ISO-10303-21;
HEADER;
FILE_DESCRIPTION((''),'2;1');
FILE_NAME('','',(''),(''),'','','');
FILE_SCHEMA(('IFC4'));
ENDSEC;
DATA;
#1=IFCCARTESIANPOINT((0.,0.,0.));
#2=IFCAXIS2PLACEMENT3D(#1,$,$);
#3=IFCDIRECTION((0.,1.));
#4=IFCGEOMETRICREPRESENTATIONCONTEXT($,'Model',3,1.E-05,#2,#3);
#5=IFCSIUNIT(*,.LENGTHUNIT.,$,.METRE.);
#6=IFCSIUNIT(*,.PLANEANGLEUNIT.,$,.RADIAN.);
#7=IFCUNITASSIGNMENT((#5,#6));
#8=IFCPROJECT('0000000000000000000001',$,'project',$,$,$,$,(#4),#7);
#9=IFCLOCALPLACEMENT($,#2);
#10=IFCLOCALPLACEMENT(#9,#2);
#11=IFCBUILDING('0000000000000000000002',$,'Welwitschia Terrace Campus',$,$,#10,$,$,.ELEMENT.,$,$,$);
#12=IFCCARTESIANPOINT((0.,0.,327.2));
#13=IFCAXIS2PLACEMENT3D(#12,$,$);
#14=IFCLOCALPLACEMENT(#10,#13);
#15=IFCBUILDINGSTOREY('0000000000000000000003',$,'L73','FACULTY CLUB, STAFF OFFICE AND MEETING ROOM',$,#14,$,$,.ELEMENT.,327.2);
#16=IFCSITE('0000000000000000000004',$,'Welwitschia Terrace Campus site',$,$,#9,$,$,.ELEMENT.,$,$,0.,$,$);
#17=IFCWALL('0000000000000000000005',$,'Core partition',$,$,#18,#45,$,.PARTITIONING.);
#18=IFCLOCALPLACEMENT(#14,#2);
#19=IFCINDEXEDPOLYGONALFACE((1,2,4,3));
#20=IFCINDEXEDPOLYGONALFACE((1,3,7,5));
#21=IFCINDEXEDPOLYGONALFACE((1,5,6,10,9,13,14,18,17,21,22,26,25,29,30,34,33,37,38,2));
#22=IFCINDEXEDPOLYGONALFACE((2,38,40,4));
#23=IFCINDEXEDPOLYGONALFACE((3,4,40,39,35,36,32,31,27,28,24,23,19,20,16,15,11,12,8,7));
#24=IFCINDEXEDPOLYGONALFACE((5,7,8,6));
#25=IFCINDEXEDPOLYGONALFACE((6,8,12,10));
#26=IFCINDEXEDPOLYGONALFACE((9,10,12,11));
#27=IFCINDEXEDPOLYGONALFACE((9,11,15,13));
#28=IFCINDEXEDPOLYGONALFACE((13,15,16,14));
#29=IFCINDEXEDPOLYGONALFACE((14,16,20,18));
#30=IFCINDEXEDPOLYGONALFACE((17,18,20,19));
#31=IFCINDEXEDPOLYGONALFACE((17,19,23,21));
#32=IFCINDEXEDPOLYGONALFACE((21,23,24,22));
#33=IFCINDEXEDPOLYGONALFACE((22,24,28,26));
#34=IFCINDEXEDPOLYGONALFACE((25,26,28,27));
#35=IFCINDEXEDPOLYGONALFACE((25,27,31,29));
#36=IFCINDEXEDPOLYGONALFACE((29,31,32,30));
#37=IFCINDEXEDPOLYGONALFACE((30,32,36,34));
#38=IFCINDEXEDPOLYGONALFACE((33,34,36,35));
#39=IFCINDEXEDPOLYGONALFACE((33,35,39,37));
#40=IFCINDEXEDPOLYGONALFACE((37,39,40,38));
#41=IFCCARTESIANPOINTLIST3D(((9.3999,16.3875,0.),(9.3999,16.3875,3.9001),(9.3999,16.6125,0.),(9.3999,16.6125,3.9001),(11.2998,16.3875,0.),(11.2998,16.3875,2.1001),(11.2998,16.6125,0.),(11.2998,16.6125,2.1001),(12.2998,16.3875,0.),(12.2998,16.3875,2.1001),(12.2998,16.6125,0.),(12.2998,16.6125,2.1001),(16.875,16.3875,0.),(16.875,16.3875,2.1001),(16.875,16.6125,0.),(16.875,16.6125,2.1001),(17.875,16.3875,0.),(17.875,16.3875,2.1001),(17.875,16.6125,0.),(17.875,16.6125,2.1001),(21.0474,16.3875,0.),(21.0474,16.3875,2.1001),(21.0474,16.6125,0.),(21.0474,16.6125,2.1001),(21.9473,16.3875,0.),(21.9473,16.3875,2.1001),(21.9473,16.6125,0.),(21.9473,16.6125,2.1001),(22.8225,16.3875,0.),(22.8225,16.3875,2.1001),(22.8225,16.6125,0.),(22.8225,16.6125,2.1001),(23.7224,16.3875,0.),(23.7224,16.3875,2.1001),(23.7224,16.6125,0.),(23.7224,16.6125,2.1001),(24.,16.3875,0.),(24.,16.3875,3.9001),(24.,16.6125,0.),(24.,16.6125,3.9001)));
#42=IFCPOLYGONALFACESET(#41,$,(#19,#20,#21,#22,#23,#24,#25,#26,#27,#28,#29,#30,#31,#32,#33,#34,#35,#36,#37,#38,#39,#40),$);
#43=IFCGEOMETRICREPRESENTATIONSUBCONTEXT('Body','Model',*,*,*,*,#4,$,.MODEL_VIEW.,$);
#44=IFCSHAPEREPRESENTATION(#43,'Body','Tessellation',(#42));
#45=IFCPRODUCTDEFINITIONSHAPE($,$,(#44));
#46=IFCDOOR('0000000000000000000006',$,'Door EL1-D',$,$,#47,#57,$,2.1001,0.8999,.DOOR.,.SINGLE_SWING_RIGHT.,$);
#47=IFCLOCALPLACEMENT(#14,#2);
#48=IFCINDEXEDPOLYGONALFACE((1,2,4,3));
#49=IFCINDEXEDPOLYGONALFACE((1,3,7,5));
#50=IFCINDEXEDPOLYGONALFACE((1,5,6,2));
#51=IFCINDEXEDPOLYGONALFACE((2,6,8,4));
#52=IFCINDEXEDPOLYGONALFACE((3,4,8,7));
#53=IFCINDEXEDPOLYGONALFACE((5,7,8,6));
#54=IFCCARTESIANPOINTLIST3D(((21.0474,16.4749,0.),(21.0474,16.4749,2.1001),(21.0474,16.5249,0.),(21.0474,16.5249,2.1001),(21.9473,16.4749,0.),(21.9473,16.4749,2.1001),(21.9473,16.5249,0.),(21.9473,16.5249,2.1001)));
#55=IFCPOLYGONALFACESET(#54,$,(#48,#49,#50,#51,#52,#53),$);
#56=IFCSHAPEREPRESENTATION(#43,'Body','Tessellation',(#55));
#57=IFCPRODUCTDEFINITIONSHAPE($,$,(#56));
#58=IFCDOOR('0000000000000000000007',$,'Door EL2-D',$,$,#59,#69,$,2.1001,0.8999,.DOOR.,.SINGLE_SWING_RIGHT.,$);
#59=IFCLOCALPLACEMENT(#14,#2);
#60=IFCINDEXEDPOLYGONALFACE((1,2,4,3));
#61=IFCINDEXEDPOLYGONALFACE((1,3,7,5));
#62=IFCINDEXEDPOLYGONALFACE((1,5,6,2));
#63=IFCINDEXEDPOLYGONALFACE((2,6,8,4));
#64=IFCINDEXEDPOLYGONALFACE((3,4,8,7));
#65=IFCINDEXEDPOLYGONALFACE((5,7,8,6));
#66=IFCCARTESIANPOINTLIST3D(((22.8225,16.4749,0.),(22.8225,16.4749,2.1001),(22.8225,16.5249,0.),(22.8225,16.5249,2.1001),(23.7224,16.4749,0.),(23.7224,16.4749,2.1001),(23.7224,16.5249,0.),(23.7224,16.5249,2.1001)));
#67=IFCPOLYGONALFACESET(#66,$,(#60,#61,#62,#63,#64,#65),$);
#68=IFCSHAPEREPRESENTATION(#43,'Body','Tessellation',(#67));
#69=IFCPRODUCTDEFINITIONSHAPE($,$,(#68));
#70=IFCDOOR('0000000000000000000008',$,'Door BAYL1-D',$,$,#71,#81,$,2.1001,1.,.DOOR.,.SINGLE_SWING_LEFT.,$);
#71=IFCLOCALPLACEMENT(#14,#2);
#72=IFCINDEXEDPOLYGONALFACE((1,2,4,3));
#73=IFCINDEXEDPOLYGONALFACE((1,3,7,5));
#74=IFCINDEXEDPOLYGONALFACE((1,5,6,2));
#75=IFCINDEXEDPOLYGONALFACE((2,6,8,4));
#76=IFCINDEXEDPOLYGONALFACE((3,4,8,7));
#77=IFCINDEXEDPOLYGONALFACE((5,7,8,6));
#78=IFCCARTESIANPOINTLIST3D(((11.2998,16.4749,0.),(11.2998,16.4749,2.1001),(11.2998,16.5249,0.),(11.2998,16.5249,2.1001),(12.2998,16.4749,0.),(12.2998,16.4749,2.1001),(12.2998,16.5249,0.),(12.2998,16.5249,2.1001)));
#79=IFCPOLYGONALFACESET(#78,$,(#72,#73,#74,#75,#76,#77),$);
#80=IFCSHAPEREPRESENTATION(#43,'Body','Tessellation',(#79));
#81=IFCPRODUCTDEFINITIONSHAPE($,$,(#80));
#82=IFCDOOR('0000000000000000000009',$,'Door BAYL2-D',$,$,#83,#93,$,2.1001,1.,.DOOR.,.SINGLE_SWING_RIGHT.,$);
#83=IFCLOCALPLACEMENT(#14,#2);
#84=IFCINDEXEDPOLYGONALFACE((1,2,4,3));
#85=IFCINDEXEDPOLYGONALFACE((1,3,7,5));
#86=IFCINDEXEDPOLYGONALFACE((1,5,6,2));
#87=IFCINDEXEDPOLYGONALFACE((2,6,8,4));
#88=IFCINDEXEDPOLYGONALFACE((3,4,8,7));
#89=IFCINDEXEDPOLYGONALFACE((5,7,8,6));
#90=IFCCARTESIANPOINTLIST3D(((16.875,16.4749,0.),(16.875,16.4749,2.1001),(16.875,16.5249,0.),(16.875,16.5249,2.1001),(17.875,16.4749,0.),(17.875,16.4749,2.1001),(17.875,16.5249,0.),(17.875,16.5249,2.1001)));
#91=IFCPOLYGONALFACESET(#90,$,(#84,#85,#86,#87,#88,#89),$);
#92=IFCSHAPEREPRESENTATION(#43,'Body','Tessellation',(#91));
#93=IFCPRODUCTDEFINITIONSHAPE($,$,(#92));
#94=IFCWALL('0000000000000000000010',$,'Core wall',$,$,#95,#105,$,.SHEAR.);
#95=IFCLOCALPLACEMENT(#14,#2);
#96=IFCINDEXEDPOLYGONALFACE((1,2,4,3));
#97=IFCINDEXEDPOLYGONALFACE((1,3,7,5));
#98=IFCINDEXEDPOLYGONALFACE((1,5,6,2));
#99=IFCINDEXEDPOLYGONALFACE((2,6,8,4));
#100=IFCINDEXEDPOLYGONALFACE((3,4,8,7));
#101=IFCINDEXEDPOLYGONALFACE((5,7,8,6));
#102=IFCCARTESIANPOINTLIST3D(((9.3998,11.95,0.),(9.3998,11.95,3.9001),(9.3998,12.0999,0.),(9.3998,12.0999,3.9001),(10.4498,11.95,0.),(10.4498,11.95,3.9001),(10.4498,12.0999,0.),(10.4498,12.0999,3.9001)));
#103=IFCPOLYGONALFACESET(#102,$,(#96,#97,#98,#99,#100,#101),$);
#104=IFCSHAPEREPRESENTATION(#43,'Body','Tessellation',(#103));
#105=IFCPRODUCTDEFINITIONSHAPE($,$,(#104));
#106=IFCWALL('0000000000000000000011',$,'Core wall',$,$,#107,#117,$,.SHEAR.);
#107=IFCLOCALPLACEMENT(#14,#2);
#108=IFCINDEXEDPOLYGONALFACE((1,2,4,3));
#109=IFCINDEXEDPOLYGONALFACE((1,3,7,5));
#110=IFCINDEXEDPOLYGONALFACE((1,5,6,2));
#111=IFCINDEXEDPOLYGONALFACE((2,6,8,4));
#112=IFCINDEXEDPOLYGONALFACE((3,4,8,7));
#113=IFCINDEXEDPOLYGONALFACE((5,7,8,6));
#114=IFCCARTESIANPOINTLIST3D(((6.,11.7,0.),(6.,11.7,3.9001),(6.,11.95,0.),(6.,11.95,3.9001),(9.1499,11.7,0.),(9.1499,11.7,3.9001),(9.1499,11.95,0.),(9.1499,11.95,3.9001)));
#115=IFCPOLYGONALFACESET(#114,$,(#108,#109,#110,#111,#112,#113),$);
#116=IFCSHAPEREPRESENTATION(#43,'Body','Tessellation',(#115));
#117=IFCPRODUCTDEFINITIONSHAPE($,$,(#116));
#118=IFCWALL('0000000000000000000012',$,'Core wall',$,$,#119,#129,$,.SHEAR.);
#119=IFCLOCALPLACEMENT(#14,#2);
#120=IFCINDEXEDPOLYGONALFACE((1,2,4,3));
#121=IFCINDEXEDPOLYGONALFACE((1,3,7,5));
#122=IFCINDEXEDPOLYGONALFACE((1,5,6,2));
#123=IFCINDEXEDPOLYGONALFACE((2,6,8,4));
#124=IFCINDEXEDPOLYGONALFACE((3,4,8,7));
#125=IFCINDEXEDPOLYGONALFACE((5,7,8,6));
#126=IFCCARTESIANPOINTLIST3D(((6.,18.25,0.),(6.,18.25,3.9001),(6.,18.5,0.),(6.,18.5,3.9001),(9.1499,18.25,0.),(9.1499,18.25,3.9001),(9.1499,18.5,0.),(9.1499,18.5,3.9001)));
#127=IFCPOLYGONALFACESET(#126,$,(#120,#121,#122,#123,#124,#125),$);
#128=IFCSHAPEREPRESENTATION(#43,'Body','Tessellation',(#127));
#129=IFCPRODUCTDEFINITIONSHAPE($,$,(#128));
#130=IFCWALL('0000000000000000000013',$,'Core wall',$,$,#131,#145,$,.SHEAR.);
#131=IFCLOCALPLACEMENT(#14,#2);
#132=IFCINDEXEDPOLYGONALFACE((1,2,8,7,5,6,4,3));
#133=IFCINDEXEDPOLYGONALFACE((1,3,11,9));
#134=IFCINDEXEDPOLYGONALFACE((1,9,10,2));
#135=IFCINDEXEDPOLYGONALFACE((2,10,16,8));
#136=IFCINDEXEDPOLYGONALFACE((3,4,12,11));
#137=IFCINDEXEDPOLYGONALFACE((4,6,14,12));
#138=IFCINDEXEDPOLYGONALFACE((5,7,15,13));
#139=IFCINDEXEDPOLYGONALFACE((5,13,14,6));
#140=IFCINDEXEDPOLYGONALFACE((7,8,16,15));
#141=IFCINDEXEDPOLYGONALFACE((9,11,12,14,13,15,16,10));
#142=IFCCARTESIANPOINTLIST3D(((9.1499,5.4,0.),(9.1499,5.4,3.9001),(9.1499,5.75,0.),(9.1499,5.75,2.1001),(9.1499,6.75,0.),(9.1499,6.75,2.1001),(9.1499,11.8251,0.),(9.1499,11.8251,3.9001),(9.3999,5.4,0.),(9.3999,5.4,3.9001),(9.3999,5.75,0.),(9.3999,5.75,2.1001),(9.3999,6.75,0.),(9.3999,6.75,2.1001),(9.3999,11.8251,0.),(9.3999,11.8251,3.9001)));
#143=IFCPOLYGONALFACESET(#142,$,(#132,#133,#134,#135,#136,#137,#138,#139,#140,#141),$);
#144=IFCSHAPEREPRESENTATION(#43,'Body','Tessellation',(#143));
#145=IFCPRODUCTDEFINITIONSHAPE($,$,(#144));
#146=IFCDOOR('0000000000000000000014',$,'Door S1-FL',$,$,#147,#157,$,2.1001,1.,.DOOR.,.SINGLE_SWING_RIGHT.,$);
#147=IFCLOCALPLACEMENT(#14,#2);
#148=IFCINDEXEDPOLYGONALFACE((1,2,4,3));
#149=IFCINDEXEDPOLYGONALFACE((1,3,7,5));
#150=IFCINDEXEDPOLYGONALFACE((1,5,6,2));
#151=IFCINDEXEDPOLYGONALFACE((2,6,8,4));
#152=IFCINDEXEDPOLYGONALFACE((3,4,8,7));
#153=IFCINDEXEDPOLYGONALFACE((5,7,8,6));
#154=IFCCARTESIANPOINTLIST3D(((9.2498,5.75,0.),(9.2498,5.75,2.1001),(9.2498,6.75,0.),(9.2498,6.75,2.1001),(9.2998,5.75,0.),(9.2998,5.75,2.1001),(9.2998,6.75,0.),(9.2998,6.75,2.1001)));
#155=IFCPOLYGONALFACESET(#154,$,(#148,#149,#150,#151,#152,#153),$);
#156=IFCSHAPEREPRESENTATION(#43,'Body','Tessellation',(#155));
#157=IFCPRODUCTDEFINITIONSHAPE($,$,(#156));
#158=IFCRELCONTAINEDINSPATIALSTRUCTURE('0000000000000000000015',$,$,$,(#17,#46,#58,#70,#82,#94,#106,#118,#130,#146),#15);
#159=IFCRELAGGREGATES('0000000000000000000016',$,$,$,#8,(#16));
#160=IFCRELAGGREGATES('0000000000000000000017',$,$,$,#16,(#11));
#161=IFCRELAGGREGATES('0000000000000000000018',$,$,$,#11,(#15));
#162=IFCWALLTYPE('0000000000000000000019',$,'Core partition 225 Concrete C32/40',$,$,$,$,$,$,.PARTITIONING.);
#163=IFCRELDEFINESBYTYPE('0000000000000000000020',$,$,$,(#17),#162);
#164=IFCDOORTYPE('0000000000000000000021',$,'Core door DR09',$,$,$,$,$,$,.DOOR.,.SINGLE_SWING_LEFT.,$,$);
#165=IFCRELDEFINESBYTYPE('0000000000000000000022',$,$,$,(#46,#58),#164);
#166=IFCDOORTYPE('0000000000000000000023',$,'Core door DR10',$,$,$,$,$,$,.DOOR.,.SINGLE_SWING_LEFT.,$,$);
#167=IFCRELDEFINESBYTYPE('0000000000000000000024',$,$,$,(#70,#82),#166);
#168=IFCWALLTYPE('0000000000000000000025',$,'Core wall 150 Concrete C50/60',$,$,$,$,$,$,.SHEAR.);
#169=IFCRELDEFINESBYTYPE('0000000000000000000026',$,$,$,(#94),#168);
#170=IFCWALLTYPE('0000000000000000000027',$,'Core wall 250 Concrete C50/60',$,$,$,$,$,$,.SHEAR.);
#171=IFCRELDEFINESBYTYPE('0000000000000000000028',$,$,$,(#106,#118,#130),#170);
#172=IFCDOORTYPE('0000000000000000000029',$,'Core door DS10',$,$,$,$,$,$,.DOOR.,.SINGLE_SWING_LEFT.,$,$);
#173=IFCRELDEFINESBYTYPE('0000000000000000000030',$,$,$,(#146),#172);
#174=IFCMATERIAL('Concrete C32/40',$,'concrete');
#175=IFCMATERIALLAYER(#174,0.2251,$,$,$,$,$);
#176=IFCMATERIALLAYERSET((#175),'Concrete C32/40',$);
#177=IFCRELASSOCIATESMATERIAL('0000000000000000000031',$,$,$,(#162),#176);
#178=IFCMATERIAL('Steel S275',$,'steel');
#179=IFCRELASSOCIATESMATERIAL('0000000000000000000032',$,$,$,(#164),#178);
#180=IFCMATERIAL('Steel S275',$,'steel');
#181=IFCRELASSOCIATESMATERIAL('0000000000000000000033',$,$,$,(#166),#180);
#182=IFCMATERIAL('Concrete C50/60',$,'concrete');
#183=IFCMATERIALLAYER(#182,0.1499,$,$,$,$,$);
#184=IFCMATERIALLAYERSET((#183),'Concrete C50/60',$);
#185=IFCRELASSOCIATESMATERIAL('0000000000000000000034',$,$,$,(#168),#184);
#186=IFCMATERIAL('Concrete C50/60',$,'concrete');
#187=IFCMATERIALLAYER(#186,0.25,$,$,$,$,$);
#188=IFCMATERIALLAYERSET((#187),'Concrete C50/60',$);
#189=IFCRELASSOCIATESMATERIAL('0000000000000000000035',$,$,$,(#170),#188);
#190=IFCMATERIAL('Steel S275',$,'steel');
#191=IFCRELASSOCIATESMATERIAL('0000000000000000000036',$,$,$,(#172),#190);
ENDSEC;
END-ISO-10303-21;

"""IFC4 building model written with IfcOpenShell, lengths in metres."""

from ifc_helpers import new_model, si_unit, direction, frame, frame_2d, origin, place, context, subcontext, project, spatial, rectangle, extrude, material, layer, layer_set, type_object, element, fill, save


model = new_model("IFC4")

# Units and contexts
model_context = context("Model", 3, precision=1e-05, world=origin(), true_north=direction((0.0, 1.0)))
body_context = subcontext(model_context, "Body", "Model", "MODEL_VIEW")
ifc_project = project(units=[si_unit("LENGTHUNIT", "METRE"), si_unit("PLANEANGLEUNIT", "RADIAN")], contexts=[model_context])

# Site, building, storey
site_placement = place(None, origin())
site = spatial("IfcSite", under=ifc_project, at=site_placement, Name="Welwitschia Terrace Campus site", CompositionType="ELEMENT", RefElevation=0.0)
building_placement = place(site_placement, origin())
building = spatial("IfcBuilding", under=site, at=building_placement, Name="Welwitschia Terrace Campus", CompositionType="ELEMENT")
storey_placement = place(building_placement, frame((0.0, 0.0, 327.2)))
storey = spatial("IfcBuildingStorey", under=building, at=storey_placement, Name="L73", Description="FACULTY CLUB, STAFF OFFICE AND MEETING ROOM", CompositionType="ELEMENT", Elevation=327.2)

# Shared definitions
ifc_material_1 = material(Name="Concrete C32/40", Category="concrete")
ifc_layer_1 = layer(ifc_material_1, 0.2251)
ifc_layer_set_1 = layer_set([ifc_layer_1], Name="Concrete C32/40")
wall_type_1 = type_object("IfcWallType", Name="Core partition 225 Concrete C32/40", PredefinedType="PARTITIONING", material=ifc_layer_set_1)

# Wall, openings, doors
wall_1_placement = place(storey_placement, frame((9.3999, 16.5, 0.0), z_axis=(0.0, 0.0, 1.0), x_axis=(1.0, 0.0, 0.0)))
wall_1 = element("IfcWall", 1, at=wall_1_placement, inside=storey, type_object=wall_type_1, Name="Core partition", PredefinedType="PARTITIONING", context=body_context, shape_type="SweptSolid", body=[
    extrude(rectangle(XDim=14.6001, YDim=0.2251, at=frame_2d((7.3, 0.0))), origin(), (0.0, 0.0, 1.0), 3.9001),
])
opening_1_placement = place(wall_1_placement, frame((1.8999, 0.0, 0.0)))
opening_1 = element("IfcOpeningElement", 2, at=opening_1_placement, cuts=wall_1, PredefinedType="OPENING", context=body_context, shape_type="SweptSolid", body=[
    extrude(rectangle(XDim=1.0, YDim=2.1001, at=frame_2d((0.5, 1.05))), frame((0.0, 0.1226, 0.0), z_axis=(0.0, -1.0, 0.0), x_axis=(1.0, 0.0, 0.0)), (0.0, 0.0, 1.0), 0.2451),
])
opening_2_placement = place(wall_1_placement, frame((7.4751, 0.0, 0.0)))
opening_2 = element("IfcOpeningElement", 3, at=opening_2_placement, cuts=wall_1, PredefinedType="OPENING", context=body_context, shape_type="SweptSolid", body=[
    extrude(rectangle(XDim=1.0, YDim=2.1001, at=frame_2d((0.5, 1.05))), frame((0.0, 0.1226, 0.0), z_axis=(0.0, -1.0, 0.0), x_axis=(1.0, 0.0, 0.0)), (0.0, 0.0, 1.0), 0.2451),
])
opening_3_placement = place(wall_1_placement, frame((11.6475, 0.0, 0.0)))
opening_3 = element("IfcOpeningElement", 4, at=opening_3_placement, cuts=wall_1, PredefinedType="OPENING", context=body_context, shape_type="SweptSolid", body=[
    extrude(rectangle(XDim=0.8999, YDim=2.1001, at=frame_2d((0.45, 1.05))), frame((0.0, 0.1226, 0.0), z_axis=(0.0, -1.0, 0.0), x_axis=(1.0, 0.0, 0.0)), (0.0, 0.0, 1.0), 0.2451),
])
opening_4_placement = place(wall_1_placement, frame((13.4226, 0.0, 0.0)))
opening_4 = element("IfcOpeningElement", 5, at=opening_4_placement, cuts=wall_1, PredefinedType="OPENING", context=body_context, shape_type="SweptSolid", body=[
    extrude(rectangle(XDim=0.8999, YDim=2.1001, at=frame_2d((0.45, 1.05))), frame((0.0, 0.1226, 0.0), z_axis=(0.0, -1.0, 0.0), x_axis=(1.0, 0.0, 0.0)), (0.0, 0.0, 1.0), 0.2451),
])
ifc_material_2 = material(Name="Steel S275", Category="steel")
door_type_1 = type_object("IfcDoorType", Name="Core door DR09", OperationType="SINGLE_SWING_LEFT", PredefinedType="DOOR", material=ifc_material_2)
door_1_placement = place(opening_3_placement, origin())
door_1 = element("IfcDoor", 6, at=door_1_placement, inside=storey, type_object=door_type_1, Name="Door EL1-D", OperationType="SINGLE_SWING_RIGHT", OverallHeight=2.1001, OverallWidth=0.8999, PredefinedType="DOOR", context=body_context, shape_type="SweptSolid", body=[
    extrude(rectangle(XDim=0.8999, YDim=2.1001, at=frame_2d((0.45, 1.05))), frame((0.0, 0.0249, 0.0), z_axis=(0.0, -1.0, 0.0), x_axis=(1.0, 0.0, 0.0)), (0.0, 0.0, 1.0), 0.05),
])
fill(opening_3, door_1)
door_2_placement = place(opening_4_placement, origin())
door_2 = element("IfcDoor", 7, at=door_2_placement, inside=storey, type_object=door_type_1, Name="Door EL2-D", OperationType="SINGLE_SWING_RIGHT", OverallHeight=2.1001, OverallWidth=0.8999, PredefinedType="DOOR", context=body_context, shape_type="SweptSolid", body=[
    extrude(rectangle(XDim=0.8999, YDim=2.1001, at=frame_2d((0.45, 1.05))), frame((0.0, 0.0249, 0.0), z_axis=(0.0, -1.0, 0.0), x_axis=(1.0, 0.0, 0.0)), (0.0, 0.0, 1.0), 0.05),
])
fill(opening_4, door_2)
ifc_material_3 = material(Name="Steel S275", Category="steel")
door_type_2 = type_object("IfcDoorType", Name="Core door DR10", OperationType="SINGLE_SWING_LEFT", PredefinedType="DOOR", material=ifc_material_3)
door_3_placement = place(opening_1_placement, origin())
door_3 = element("IfcDoor", 8, at=door_3_placement, inside=storey, type_object=door_type_2, Name="Door BAYL1-D", OperationType="SINGLE_SWING_LEFT", OverallHeight=2.1001, OverallWidth=1.0, PredefinedType="DOOR", context=body_context, shape_type="SweptSolid", body=[
    extrude(rectangle(XDim=1.0, YDim=2.1001, at=frame_2d((0.5, 1.05))), frame((0.0, 0.0249, 0.0), z_axis=(0.0, -1.0, 0.0), x_axis=(1.0, 0.0, 0.0)), (0.0, 0.0, 1.0), 0.05),
])
fill(opening_1, door_3)
door_4_placement = place(opening_2_placement, origin())
door_4 = element("IfcDoor", 9, at=door_4_placement, inside=storey, type_object=door_type_2, Name="Door BAYL2-D", OperationType="SINGLE_SWING_RIGHT", OverallHeight=2.1001, OverallWidth=1.0, PredefinedType="DOOR", context=body_context, shape_type="SweptSolid", body=[
    extrude(rectangle(XDim=1.0, YDim=2.1001, at=frame_2d((0.5, 1.05))), frame((0.0, 0.0249, 0.0), z_axis=(0.0, -1.0, 0.0), x_axis=(1.0, 0.0, 0.0)), (0.0, 0.0, 1.0), 0.05),
])
fill(opening_2, door_4)

# Walls
ifc_material_4 = material(Name="Concrete C50/60", Category="concrete")
ifc_layer_2 = layer(ifc_material_4, 0.1499)
ifc_layer_set_2 = layer_set([ifc_layer_2], Name="Concrete C50/60")
wall_type_2 = type_object("IfcWallType", Name="Core wall 150 Concrete C50/60", PredefinedType="SHEAR", material=ifc_layer_set_2)
wall_2_placement = place(storey_placement, frame((9.3999, 12.0249, 0.0), z_axis=(0.0, 0.0, 1.0), x_axis=(1.0, 0.0, 0.0)))
element("IfcWall", 10, at=wall_2_placement, inside=storey, type_object=wall_type_2, Name="Core wall", PredefinedType="SHEAR", context=body_context, shape_type="SweptSolid", body=[
    extrude(rectangle(XDim=1.05, YDim=0.1499, at=frame_2d((0.5249, 0.0))), origin(), (0.0, 0.0, 1.0), 3.9001),
])
ifc_material_5 = material(Name="Concrete C50/60", Category="concrete")
ifc_layer_3 = layer(ifc_material_5, 0.25)
ifc_layer_set_3 = layer_set([ifc_layer_3], Name="Concrete C50/60")
wall_type_3 = type_object("IfcWallType", Name="Core wall 250 Concrete C50/60", PredefinedType="SHEAR", material=ifc_layer_set_3)
for number, where, z_axis, x_axis, name in (
    (11, (6.0, 11.825, 0.0), (0.0, 0.0, 1.0), (1.0, 0.0, 0.0), "Core wall"),
    (12, (6.0, 18.375, 0.0), (0.0, 0.0, 1.0), (1.0, 0.0, 0.0), "Core wall"),
):
    element("IfcWall", number, at=place(storey_placement, frame(where, z_axis=z_axis, x_axis=x_axis)), inside=storey, type_object=wall_type_3, Name=name, PredefinedType="SHEAR", context=body_context, shape_type="SweptSolid", body=[
        extrude(rectangle(XDim=3.1499, YDim=0.25, at=frame_2d((1.575, 0.0))), origin(), (0.0, 0.0, 1.0), 3.9001),
    ])

# Wall, opening, door
wall_3_placement = place(storey_placement, frame((9.2749, 11.825, 0.0), z_axis=(0.0, 0.0, 1.0), x_axis=(0.0, -1.0, 0.0)))
wall_3 = element("IfcWall", 13, at=wall_3_placement, inside=storey, type_object=wall_type_3, Name="Core wall", PredefinedType="SHEAR", context=body_context, shape_type="SweptSolid", body=[
    extrude(rectangle(XDim=6.425, YDim=0.25, at=frame_2d((3.2124, 0.0))), origin(), (0.0, 0.0, 1.0), 3.9001),
])
opening_5_placement = place(wall_3_placement, frame((5.075, 0.0, 0.0)))
opening_5 = element("IfcOpeningElement", 14, at=opening_5_placement, cuts=wall_3, PredefinedType="OPENING", context=body_context, shape_type="SweptSolid", body=[
    extrude(rectangle(XDim=1.0, YDim=2.1001, at=frame_2d((0.5, 1.05))), frame((0.0, 0.135, 0.0), z_axis=(0.0, -1.0, 0.0), x_axis=(1.0, 0.0, 0.0)), (0.0, 0.0, 1.0), 0.27),
])
ifc_material_6 = material(Name="Steel S275", Category="steel")
door_type_3 = type_object("IfcDoorType", Name="Core door DS10", OperationType="SINGLE_SWING_LEFT", PredefinedType="DOOR", material=ifc_material_6)
door_5_placement = place(opening_5_placement, origin())
door_5 = element("IfcDoor", 15, at=door_5_placement, inside=storey, type_object=door_type_3, Name="Door S1-FL", OperationType="SINGLE_SWING_RIGHT", OverallHeight=2.1001, OverallWidth=1.0, PredefinedType="DOOR", context=body_context, shape_type="SweptSolid", body=[
    extrude(rectangle(XDim=1.0, YDim=2.1001, at=frame_2d((0.5, 1.05))), frame((0.0, 0.0249, 0.0), z_axis=(0.0, -1.0, 0.0), x_axis=(1.0, 0.0, 0.0)), (0.0, 0.0, 1.0), 0.05),
])
fill(opening_5, door_5)

save(model, "model.ifc")
